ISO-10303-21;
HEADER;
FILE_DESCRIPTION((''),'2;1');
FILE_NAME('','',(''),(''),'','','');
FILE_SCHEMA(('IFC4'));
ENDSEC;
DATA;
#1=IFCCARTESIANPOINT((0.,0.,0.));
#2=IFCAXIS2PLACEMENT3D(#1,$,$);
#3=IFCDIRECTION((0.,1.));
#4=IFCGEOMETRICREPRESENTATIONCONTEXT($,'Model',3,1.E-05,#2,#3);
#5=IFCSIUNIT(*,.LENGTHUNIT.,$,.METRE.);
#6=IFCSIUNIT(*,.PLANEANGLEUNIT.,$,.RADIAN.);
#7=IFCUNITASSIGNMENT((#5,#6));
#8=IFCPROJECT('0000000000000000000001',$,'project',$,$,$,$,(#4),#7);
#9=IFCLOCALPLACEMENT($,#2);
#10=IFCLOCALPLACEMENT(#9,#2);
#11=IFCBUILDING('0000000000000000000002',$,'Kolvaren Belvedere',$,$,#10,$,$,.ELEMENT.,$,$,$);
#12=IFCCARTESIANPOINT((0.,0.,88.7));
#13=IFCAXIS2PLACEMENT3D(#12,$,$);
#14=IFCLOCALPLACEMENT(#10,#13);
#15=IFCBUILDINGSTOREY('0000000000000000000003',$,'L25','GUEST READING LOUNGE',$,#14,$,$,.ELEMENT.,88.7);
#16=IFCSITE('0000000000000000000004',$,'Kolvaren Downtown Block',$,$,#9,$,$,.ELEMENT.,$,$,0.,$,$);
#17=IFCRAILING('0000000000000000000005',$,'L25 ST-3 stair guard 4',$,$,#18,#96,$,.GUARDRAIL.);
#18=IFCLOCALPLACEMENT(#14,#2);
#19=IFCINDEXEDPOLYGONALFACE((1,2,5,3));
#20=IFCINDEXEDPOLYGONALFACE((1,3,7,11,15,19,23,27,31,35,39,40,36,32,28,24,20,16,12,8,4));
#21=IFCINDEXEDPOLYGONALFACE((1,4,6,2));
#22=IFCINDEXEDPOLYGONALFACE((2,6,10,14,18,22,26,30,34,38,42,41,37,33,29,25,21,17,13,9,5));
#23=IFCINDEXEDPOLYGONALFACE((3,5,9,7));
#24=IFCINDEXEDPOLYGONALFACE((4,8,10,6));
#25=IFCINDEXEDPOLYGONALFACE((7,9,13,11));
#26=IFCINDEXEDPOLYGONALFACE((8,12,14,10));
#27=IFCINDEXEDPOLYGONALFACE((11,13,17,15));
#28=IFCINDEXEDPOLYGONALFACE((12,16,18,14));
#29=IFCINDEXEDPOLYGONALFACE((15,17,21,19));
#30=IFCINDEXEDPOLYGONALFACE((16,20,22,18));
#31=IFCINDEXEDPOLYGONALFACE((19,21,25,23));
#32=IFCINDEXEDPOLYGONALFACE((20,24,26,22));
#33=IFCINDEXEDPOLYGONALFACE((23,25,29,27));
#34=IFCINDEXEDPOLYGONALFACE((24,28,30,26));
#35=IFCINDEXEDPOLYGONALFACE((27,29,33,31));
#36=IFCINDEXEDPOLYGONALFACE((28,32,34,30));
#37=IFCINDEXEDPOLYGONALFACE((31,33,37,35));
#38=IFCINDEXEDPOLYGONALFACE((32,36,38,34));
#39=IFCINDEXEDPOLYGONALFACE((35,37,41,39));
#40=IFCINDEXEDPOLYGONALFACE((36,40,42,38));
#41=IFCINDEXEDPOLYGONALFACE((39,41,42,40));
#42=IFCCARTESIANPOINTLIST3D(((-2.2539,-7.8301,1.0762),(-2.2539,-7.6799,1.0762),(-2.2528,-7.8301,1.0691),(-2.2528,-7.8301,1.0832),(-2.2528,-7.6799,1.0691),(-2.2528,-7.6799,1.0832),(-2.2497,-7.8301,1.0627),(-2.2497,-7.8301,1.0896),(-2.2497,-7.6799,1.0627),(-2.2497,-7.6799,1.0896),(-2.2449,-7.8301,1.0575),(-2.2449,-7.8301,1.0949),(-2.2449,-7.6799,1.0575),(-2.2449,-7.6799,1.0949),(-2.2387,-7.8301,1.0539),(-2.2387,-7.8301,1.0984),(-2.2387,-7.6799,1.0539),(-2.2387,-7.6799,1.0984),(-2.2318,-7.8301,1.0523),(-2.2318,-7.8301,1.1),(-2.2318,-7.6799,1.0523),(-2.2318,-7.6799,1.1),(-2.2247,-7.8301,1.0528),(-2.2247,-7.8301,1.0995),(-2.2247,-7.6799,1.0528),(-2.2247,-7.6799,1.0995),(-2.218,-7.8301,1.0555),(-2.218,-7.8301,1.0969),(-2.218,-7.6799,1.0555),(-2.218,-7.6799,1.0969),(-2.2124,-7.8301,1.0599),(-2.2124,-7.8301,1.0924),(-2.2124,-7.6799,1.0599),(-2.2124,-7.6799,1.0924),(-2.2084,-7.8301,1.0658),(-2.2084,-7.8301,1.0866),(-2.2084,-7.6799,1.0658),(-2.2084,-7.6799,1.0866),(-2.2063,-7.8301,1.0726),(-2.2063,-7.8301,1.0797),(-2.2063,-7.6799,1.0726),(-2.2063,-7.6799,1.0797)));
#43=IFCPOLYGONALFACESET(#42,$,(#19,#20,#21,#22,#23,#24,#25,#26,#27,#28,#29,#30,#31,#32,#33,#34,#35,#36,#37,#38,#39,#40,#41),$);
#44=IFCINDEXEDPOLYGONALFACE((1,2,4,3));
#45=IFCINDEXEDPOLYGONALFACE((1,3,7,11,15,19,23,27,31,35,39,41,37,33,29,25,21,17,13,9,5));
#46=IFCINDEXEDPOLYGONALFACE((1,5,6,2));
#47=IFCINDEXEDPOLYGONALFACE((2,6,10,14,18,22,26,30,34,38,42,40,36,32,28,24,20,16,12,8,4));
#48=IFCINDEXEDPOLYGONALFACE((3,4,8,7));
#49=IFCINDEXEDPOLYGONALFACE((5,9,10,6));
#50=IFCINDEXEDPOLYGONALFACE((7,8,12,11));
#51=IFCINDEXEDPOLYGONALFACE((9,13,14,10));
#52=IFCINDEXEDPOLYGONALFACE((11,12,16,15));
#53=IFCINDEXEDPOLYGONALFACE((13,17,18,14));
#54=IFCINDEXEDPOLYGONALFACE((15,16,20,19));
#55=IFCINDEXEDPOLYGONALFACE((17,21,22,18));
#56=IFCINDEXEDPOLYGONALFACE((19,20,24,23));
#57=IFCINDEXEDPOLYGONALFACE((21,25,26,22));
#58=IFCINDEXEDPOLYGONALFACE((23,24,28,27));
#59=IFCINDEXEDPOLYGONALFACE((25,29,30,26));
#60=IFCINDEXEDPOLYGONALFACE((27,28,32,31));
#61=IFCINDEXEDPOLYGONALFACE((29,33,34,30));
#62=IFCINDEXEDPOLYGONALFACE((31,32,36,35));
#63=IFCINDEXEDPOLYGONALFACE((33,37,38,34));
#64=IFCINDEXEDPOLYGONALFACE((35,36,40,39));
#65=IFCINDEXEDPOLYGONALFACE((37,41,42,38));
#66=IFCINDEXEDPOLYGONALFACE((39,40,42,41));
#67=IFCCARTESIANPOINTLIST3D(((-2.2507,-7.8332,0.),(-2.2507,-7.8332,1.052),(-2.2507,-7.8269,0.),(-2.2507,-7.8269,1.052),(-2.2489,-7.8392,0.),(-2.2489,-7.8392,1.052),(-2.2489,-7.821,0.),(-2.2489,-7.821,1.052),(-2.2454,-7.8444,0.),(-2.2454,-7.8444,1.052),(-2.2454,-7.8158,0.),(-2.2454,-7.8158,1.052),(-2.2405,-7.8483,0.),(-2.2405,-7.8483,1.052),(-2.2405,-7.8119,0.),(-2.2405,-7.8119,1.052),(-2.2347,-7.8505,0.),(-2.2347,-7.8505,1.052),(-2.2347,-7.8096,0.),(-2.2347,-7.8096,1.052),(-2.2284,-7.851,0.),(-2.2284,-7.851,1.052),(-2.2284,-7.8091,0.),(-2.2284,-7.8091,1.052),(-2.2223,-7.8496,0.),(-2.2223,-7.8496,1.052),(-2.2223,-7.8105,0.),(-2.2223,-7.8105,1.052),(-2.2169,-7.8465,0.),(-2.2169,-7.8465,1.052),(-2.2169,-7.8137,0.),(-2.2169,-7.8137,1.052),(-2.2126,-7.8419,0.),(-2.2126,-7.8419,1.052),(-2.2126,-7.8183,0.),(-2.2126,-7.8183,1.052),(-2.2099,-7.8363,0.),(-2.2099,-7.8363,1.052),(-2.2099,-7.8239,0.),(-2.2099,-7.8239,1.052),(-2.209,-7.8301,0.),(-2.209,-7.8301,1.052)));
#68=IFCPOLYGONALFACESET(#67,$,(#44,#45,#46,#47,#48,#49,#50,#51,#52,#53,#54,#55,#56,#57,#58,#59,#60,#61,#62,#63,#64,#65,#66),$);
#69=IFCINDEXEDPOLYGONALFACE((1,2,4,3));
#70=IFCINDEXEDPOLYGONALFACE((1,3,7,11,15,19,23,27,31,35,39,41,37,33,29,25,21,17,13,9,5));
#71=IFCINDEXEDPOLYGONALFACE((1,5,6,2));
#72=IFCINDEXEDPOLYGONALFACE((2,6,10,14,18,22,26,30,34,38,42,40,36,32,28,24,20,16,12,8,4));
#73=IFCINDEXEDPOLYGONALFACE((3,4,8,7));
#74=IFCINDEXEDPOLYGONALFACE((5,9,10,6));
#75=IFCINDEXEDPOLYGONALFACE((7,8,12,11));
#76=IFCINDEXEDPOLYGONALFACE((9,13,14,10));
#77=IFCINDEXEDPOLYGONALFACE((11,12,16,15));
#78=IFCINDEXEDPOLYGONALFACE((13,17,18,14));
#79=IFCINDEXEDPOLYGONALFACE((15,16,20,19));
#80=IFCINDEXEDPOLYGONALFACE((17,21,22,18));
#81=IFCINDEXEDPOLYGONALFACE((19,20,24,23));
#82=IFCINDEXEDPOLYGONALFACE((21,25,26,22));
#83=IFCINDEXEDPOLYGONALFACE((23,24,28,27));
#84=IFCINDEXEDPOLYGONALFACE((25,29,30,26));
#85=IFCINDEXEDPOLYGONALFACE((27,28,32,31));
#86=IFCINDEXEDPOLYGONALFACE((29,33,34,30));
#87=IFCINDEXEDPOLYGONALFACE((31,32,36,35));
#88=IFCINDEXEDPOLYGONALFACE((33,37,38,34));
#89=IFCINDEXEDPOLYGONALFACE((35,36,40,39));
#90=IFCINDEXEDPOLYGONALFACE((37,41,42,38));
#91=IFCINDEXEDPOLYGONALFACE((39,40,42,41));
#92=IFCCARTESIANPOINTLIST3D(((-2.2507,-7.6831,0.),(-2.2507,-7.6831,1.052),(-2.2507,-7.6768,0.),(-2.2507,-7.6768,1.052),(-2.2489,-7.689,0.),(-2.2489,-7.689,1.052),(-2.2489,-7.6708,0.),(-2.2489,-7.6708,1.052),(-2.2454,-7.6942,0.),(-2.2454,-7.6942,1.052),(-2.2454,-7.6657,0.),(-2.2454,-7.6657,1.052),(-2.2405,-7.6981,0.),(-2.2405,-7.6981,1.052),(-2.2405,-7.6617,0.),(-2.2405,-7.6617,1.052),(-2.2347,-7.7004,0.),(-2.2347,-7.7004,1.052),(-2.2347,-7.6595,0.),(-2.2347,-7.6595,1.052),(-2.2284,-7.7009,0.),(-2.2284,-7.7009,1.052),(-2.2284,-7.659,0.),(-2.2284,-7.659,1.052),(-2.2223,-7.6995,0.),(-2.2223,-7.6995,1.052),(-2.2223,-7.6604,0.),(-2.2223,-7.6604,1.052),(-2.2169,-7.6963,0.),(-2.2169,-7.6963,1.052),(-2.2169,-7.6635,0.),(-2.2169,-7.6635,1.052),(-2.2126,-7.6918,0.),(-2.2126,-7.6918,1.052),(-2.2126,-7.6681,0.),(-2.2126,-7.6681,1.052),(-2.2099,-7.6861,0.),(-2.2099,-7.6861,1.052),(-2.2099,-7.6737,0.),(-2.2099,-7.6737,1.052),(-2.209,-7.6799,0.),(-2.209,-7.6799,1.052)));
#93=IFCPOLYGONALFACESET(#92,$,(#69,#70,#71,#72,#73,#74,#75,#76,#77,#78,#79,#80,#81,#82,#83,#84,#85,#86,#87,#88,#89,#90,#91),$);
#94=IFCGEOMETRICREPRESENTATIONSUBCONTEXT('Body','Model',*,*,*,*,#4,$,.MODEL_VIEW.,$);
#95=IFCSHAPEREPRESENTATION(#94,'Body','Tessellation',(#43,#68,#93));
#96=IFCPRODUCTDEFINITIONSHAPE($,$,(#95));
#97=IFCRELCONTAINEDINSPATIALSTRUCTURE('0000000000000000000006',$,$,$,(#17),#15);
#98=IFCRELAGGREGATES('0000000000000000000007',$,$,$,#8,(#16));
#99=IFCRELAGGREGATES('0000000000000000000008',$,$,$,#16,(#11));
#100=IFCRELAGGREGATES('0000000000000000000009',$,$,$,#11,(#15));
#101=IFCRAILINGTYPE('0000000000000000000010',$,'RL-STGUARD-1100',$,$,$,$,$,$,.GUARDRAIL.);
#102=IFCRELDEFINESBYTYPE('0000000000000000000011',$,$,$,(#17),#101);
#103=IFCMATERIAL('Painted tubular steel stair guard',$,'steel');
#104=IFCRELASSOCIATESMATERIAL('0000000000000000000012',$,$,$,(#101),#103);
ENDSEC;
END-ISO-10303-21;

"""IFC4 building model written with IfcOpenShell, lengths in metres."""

from ifc_helpers import new_model, si_unit, direction, frame, origin, origin_2d, place, context, subcontext, project, spatial, circle, extrude, material, type_object, element, save


model = new_model("IFC4")

# Units and contexts
model_context = context("Model", 3, precision=1e-05, world=origin(), true_north=direction((0.0, 1.0)))
body_context = subcontext(model_context, "Body", "Model", "MODEL_VIEW")
ifc_project = project(units=[si_unit("LENGTHUNIT", "METRE"), si_unit("PLANEANGLEUNIT", "RADIAN")], contexts=[model_context])

# Site, building, storey
site_placement = place(None, origin())
site = spatial("IfcSite", under=ifc_project, at=site_placement, Name="Kolvaren Downtown Block", CompositionType="ELEMENT", RefElevation=0.0)
building_placement = place(site_placement, origin())
building = spatial("IfcBuilding", under=site, at=building_placement, Name="Kolvaren Belvedere", CompositionType="ELEMENT")
storey_placement = place(building_placement, frame((0.0, 0.0, 88.7)))
storey = spatial("IfcBuildingStorey", under=building, at=storey_placement, Name="L25", Description="GUEST READING LOUNGE", CompositionType="ELEMENT", Elevation=88.7)

# Railing
ifc_material_1 = material(Name="Painted tubular steel stair guard", Category="steel")
railing_type_1 = type_object("IfcRailingType", Name="RL-STGUARD-1100", PredefinedType="GUARDRAIL", material=ifc_material_1)
railing_1_placement = place(storey_placement, frame((-2.23, -7.8301, 0.0)))
element("IfcRailing", 1, at=railing_1_placement, inside=storey, type_object=railing_type_1, Name="L25 ST-3 stair guard 4", PredefinedType="GUARDRAIL", context=body_context, shape_type="SweptSolid", body=[
    extrude(circle(Radius=0.0239, at=origin_2d()), frame((0.0, 0.0, 1.0762), z_axis=(0.0, 1.0, 0.0), x_axis=(-1.0, 0.0, 0.0)), (0.0, 0.0, 1.0), 0.1501),
    extrude(circle(Radius=0.021, at=origin_2d()), origin(), (0.0, 0.0, 1.0), 1.052),
    extrude(circle(Radius=0.021, at=origin_2d()), frame((0.0, 0.1501, 0.0)), (0.0, 0.0, 1.0), 1.052),
])

save(model, "model.ifc")
